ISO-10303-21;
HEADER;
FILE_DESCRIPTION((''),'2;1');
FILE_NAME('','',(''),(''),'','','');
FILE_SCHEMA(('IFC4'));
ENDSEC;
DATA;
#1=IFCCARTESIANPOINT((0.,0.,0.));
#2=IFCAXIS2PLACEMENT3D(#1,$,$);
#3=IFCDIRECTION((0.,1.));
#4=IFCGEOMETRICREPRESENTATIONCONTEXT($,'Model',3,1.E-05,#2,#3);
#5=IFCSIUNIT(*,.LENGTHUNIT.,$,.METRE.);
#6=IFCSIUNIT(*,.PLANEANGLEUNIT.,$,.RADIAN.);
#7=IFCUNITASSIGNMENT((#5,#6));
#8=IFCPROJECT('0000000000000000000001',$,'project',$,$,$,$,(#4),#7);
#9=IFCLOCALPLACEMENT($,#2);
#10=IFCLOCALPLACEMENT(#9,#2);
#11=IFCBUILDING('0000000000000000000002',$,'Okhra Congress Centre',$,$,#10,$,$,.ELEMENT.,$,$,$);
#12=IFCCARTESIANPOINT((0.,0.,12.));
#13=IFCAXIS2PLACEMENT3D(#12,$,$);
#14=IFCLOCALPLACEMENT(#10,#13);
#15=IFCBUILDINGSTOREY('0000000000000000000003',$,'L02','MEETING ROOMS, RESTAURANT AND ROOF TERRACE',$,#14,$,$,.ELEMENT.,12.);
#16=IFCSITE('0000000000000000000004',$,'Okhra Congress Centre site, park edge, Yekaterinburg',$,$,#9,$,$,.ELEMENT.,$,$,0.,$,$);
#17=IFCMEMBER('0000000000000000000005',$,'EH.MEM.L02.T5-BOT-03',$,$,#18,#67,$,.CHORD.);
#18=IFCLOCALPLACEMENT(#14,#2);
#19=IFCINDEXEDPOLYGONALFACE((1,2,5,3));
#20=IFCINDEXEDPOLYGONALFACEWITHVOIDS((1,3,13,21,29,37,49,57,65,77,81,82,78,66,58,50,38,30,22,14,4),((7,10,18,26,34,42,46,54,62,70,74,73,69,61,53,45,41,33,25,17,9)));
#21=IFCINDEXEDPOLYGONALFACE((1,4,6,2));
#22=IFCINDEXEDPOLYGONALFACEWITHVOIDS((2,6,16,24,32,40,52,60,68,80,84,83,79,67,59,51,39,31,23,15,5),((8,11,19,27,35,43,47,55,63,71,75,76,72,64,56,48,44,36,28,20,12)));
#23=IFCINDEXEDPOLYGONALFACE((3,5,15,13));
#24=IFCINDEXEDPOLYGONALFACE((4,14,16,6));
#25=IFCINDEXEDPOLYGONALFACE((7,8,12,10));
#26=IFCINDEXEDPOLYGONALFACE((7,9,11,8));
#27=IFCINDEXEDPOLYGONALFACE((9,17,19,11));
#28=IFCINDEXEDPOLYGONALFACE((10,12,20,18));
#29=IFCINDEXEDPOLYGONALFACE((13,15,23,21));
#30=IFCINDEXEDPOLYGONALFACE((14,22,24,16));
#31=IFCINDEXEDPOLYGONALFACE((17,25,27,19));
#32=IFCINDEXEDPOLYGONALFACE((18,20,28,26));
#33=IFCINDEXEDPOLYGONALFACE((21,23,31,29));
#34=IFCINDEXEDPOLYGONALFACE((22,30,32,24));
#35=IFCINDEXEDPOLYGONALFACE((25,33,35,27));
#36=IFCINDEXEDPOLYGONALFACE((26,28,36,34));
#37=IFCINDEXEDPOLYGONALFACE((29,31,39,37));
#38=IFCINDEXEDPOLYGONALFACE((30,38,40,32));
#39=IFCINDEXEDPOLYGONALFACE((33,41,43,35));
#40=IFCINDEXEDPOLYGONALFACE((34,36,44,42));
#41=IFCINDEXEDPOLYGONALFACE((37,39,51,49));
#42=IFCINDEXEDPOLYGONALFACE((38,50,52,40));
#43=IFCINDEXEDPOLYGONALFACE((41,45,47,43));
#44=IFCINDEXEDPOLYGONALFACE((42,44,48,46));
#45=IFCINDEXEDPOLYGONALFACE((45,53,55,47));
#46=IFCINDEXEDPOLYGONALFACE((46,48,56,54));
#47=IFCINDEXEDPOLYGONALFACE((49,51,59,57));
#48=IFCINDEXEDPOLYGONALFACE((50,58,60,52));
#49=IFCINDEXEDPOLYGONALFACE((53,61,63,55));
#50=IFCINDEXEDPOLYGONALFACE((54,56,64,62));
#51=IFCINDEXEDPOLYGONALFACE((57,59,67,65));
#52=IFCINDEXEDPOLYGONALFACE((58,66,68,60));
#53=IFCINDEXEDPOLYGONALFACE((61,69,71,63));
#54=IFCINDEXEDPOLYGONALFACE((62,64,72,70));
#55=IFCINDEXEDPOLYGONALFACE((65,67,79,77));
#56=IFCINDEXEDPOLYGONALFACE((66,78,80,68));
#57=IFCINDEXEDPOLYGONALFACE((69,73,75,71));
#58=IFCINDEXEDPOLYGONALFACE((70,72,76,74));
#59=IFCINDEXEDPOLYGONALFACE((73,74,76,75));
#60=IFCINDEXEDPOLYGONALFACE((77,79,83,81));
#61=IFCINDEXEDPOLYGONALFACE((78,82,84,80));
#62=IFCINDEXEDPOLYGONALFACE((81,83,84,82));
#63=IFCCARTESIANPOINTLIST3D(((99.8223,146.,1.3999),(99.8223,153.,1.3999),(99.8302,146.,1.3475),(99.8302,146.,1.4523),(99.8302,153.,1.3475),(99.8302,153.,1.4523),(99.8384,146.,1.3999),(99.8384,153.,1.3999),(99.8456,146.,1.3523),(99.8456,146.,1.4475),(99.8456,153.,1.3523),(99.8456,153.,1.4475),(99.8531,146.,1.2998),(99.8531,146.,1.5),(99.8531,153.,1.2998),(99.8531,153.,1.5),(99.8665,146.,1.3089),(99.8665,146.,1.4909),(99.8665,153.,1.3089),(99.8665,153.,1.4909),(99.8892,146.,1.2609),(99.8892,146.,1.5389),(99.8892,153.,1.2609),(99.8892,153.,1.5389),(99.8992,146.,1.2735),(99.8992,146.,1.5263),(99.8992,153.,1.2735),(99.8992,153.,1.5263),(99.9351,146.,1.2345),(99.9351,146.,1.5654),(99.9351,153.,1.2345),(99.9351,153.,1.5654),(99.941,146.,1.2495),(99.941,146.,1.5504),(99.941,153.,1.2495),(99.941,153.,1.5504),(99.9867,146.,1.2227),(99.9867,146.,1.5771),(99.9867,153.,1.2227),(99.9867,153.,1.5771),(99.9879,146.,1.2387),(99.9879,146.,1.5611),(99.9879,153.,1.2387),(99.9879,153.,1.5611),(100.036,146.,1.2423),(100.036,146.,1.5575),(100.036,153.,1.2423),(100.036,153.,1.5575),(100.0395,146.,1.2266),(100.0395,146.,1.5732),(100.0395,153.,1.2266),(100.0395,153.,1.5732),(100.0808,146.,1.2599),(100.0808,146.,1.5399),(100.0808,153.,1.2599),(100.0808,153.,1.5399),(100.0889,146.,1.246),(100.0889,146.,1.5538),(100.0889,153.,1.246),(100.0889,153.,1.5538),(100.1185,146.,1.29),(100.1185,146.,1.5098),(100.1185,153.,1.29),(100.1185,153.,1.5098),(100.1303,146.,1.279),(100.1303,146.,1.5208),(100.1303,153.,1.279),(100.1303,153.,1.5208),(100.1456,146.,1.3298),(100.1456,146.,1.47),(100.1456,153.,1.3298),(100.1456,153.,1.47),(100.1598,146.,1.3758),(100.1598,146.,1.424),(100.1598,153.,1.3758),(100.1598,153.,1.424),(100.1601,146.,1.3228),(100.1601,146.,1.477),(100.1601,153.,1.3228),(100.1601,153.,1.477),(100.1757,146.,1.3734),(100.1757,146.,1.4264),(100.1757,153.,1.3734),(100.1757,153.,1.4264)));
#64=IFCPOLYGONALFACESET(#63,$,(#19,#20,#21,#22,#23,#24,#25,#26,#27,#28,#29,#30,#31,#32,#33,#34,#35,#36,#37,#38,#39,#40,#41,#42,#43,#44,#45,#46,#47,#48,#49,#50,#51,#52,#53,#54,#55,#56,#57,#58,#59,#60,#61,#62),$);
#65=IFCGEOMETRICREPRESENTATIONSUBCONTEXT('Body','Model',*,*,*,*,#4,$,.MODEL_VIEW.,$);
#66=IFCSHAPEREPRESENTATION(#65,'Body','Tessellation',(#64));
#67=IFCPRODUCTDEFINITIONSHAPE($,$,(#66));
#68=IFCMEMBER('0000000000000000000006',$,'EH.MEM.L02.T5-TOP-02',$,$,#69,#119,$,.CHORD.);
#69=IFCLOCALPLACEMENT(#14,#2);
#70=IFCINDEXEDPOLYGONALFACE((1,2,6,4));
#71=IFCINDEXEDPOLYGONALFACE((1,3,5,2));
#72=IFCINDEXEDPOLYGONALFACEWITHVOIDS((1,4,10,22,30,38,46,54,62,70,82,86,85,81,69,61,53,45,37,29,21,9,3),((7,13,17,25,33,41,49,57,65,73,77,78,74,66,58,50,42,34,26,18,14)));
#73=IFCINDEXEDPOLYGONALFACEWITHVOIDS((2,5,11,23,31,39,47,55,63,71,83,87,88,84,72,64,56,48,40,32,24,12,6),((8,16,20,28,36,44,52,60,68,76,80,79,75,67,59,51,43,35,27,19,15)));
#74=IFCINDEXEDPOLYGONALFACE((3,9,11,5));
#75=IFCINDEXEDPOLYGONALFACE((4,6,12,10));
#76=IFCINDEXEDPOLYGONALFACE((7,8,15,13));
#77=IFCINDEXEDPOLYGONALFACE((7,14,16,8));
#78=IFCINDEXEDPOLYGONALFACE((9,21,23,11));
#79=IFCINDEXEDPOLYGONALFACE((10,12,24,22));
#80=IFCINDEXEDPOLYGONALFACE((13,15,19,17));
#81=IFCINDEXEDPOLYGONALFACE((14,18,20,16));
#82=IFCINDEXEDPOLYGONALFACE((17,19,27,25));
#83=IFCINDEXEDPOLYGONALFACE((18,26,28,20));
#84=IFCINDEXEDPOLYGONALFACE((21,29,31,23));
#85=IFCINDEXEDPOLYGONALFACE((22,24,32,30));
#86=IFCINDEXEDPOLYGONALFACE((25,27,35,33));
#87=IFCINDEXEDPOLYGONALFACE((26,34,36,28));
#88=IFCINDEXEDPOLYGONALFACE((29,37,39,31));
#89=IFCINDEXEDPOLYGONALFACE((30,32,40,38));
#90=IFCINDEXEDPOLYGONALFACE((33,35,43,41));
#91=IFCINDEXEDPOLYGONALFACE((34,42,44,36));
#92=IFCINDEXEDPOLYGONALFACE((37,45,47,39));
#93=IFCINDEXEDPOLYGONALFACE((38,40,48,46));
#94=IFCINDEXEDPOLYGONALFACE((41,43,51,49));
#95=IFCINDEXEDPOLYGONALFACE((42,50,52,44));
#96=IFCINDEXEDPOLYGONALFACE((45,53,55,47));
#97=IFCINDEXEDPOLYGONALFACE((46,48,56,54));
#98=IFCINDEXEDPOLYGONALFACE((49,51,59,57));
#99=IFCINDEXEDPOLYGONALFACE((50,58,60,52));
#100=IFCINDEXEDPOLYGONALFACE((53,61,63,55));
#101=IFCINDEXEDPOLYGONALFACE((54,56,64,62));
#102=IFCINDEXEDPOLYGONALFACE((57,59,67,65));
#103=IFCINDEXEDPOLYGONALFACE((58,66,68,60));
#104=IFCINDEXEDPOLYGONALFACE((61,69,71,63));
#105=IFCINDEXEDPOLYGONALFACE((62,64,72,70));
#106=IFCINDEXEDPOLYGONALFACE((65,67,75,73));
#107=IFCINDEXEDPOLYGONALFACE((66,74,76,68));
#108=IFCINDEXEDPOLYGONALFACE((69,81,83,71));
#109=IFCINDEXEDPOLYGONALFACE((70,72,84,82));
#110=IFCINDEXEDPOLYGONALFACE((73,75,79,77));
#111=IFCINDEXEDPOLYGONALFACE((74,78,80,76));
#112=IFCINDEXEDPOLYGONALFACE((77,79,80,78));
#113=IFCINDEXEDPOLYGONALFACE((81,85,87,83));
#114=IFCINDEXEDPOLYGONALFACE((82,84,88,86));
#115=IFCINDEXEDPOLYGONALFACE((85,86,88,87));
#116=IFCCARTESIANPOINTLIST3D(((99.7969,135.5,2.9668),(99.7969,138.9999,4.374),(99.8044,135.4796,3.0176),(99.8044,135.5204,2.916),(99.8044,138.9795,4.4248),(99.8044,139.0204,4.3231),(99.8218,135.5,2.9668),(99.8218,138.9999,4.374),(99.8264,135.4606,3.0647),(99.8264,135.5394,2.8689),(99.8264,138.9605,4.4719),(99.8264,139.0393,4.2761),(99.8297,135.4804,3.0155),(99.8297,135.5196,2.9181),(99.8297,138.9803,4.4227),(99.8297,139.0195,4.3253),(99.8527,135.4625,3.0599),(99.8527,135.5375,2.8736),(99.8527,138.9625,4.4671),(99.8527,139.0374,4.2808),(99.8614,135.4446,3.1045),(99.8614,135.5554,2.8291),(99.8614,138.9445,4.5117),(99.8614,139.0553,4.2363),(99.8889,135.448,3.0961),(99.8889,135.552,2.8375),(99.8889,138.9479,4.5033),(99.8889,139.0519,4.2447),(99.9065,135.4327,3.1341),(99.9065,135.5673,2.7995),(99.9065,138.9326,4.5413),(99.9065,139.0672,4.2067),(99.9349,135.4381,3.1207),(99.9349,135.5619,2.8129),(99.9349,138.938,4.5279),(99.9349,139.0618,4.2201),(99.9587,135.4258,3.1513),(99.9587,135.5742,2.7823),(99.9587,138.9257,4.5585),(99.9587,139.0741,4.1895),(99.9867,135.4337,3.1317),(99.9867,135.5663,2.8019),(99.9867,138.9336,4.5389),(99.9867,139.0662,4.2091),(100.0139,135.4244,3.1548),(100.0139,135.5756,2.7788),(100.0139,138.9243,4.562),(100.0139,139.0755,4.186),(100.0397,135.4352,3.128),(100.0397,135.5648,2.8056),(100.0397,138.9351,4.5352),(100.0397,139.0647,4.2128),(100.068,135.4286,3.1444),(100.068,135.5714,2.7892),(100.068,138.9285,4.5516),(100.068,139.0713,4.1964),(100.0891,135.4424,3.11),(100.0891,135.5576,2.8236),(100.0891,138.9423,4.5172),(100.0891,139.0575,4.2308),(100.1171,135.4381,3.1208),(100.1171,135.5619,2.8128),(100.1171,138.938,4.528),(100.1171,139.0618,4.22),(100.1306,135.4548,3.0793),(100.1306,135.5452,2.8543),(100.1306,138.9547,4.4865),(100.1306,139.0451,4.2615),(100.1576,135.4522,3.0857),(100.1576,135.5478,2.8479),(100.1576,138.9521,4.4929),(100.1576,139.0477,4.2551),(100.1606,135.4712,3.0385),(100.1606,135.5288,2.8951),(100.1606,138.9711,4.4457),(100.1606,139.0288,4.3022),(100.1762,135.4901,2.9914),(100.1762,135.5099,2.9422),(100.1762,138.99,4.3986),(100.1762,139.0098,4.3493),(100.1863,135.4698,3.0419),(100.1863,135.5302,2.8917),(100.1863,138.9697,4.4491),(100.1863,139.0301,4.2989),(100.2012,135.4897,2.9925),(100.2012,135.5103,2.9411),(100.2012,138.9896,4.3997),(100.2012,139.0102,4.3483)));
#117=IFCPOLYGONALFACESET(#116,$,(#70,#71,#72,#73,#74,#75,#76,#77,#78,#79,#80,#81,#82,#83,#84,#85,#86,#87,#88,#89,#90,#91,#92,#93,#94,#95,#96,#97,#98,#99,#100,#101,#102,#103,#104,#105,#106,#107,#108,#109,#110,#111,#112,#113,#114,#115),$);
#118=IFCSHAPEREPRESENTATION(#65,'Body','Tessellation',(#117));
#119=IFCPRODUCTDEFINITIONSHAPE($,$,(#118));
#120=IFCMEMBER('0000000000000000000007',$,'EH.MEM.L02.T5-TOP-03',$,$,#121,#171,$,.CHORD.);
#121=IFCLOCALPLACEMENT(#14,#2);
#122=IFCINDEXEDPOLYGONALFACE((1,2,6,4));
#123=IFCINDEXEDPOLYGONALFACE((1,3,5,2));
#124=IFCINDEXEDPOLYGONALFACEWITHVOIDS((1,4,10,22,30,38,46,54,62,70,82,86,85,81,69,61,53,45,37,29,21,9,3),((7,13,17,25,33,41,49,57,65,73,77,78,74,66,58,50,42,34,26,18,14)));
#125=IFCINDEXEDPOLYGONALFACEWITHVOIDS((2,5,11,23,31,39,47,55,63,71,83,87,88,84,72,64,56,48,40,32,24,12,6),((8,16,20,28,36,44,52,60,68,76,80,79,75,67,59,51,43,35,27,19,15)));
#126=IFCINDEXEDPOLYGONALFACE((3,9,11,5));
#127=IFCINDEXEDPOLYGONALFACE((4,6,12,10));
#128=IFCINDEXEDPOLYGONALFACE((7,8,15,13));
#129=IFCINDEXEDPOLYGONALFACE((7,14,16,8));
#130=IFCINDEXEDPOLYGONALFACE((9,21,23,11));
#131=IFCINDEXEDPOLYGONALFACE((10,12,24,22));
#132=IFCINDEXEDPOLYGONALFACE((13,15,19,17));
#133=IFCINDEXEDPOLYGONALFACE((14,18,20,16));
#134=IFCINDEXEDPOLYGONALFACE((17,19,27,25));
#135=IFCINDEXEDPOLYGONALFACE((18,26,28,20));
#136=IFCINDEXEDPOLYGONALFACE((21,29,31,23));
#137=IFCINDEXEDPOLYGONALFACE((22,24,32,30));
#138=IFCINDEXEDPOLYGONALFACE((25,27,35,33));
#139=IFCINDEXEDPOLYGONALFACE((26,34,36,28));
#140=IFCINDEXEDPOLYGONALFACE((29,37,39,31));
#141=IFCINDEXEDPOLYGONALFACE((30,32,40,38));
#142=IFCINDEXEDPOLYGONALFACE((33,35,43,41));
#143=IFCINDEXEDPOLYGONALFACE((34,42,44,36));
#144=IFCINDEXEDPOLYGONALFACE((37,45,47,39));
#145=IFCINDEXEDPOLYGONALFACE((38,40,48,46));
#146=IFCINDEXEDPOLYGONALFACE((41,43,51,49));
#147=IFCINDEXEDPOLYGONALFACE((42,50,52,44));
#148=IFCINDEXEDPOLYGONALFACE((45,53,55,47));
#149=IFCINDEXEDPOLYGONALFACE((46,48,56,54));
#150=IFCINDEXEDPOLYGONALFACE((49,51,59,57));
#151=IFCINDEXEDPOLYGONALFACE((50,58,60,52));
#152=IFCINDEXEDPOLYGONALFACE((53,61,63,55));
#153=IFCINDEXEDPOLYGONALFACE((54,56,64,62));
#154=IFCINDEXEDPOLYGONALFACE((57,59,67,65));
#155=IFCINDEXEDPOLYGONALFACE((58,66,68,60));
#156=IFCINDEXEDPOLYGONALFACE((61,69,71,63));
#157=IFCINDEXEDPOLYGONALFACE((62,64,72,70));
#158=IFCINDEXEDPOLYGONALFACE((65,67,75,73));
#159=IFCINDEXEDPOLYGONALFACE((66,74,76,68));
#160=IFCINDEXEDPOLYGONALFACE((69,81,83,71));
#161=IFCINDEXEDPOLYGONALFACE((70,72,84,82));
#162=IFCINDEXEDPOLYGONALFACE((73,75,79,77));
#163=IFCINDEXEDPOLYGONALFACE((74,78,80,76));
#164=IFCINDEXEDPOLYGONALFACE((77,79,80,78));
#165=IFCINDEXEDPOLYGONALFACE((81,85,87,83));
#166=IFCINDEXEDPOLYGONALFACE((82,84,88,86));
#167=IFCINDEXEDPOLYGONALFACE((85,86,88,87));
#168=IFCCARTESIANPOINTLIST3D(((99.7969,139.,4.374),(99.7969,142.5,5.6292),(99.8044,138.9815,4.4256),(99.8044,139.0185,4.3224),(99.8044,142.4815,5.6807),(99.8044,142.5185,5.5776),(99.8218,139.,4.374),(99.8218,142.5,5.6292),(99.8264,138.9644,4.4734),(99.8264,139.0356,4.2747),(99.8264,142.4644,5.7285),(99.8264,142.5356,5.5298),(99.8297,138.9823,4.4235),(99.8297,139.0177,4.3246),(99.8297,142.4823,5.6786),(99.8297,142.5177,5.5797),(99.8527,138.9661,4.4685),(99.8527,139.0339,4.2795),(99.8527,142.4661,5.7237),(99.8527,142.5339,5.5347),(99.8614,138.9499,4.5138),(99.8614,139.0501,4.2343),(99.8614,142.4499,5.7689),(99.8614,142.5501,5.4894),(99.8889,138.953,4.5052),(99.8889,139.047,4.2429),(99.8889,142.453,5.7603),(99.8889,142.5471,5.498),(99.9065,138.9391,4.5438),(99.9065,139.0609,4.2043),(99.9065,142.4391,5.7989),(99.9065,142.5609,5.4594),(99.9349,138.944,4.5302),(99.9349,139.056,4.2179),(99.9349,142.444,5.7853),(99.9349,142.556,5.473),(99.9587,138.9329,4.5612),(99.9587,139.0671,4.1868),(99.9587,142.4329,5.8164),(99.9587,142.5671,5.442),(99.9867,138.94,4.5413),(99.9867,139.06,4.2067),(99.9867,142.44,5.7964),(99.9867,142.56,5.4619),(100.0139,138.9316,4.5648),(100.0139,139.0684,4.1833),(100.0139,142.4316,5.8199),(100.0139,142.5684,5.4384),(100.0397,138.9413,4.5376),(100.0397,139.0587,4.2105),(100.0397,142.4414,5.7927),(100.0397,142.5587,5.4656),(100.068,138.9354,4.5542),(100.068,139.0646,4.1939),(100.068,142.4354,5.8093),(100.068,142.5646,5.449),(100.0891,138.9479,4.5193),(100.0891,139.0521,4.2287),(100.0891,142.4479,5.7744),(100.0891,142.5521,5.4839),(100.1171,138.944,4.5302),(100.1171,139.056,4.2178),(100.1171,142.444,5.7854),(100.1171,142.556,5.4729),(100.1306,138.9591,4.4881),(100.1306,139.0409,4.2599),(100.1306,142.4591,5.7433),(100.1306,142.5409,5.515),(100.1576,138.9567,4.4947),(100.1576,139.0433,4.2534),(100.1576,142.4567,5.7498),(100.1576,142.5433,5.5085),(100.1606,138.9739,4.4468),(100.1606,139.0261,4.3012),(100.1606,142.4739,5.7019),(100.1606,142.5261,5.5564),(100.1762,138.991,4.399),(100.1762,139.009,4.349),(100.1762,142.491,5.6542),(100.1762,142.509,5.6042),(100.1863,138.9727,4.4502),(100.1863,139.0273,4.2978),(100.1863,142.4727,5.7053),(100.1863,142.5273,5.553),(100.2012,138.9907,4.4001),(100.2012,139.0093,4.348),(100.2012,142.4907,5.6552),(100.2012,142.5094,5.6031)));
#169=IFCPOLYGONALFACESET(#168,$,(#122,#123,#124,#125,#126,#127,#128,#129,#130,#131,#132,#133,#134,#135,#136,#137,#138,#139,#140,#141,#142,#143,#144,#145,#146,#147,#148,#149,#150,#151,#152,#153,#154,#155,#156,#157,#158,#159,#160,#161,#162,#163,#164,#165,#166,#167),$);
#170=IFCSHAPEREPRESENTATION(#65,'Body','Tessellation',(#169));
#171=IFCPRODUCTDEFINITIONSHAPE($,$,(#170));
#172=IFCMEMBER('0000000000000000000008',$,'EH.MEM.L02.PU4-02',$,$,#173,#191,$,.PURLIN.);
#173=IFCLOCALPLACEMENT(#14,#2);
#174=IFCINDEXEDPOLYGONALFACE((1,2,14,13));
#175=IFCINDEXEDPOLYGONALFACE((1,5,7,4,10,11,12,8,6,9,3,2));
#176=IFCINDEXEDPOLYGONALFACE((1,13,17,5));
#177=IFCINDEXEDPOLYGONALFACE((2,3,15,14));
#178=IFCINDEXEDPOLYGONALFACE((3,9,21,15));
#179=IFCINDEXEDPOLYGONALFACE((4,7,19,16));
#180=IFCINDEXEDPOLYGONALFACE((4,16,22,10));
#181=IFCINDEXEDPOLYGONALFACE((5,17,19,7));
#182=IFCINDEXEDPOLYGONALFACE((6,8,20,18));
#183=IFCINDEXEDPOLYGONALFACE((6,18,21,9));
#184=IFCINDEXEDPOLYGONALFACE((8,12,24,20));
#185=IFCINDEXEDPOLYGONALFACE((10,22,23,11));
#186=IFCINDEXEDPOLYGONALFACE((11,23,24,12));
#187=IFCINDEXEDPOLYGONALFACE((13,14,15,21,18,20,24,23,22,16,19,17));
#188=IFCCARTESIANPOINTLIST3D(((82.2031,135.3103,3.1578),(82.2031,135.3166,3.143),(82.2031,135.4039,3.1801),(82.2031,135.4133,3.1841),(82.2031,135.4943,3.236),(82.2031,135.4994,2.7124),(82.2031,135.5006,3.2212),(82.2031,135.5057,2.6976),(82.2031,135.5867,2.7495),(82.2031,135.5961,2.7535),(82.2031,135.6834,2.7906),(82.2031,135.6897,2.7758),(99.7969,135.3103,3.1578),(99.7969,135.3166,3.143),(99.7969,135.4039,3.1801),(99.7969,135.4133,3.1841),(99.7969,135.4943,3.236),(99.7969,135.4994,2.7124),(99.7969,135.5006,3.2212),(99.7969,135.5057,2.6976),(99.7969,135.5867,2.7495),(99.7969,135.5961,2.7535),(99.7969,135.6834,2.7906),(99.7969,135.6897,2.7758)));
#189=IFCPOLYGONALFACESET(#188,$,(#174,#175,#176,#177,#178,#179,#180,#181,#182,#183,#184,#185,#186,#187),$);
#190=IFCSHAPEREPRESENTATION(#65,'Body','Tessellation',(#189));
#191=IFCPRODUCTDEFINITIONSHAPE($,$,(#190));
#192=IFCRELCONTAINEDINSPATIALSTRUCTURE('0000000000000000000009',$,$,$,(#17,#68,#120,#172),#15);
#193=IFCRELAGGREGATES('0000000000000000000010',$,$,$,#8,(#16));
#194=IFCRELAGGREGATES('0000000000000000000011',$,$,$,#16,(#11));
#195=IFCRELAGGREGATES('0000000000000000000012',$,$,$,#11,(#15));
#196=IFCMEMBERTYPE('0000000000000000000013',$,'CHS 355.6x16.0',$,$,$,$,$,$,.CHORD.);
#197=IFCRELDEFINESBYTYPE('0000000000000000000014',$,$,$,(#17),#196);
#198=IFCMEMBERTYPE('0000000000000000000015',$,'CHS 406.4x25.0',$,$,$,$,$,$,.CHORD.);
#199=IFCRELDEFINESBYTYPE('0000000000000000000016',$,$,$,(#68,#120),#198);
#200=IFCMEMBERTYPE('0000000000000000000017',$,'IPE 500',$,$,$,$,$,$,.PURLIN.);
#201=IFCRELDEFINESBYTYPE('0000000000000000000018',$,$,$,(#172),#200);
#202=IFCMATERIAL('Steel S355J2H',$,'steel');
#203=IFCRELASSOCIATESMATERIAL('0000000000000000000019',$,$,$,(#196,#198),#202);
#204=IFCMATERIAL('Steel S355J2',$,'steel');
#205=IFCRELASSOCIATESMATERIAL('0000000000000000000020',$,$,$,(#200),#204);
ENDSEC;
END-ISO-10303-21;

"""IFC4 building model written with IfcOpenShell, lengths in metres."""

from ifc_helpers import new_model, si_unit, direction, frame, origin, origin_2d, place, context, subcontext, project, spatial, hollow_circle, i_section, extrude, material, material_profile, profile_set, type_object, element, save


model = new_model("IFC4")

# Units and contexts
model_context = context("Model", 3, precision=1e-05, world=origin(), true_north=direction((0.0, 1.0)))
body_context = subcontext(model_context, "Body", "Model", "MODEL_VIEW")
ifc_project = project(units=[si_unit("LENGTHUNIT", "METRE"), si_unit("PLANEANGLEUNIT", "RADIAN")], contexts=[model_context])

# Site, building, storey
site_placement = place(None, origin())
site = spatial("IfcSite", under=ifc_project, at=site_placement, Name="Okhra Congress Centre site, park edge, Yekaterinburg", CompositionType="ELEMENT", RefElevation=0.0)
building_placement = place(site_placement, origin())
building = spatial("IfcBuilding", under=site, at=building_placement, Name="Okhra Congress Centre", CompositionType="ELEMENT")
storey_placement = place(building_placement, frame((0.0, 0.0, 12.0)))
storey = spatial("IfcBuildingStorey", under=building, at=storey_placement, Name="L02", Description="MEETING ROOMS, RESTAURANT AND ROOF TERRACE", CompositionType="ELEMENT", Elevation=12.0)

# Shared definitions
ifc_material_1 = material(Name="Steel S355J2", Category="steel")

# Members
ifc_material_2 = material(Name="Steel S355J2H", Category="steel")
ifc_material_profile_1 = material_profile(ifc_material_2, hollow_circle(Radius=0.1777, WallThickness=0.0161, at=origin_2d()), Name="CHS 355.6x16.0")
ifc_profile_set_1 = profile_set([ifc_material_profile_1], Name="Steel S355J2H")
member_type_1 = type_object("IfcMemberType", Name="CHS 355.6x16.0", PredefinedType="CHORD", material=ifc_profile_set_1)
for number, where, z_axis, x_axis, name in (
    (1, (100.0, 146.0, 1.3999), (0.0, 1.0, 0.0), (-1.0, 0.0, 0.0), "EH.MEM.L02.T5-BOT-03"),
):
    element("IfcMember", number, at=place(storey_placement, frame(where, z_axis=z_axis, x_axis=x_axis)), inside=storey, type_object=member_type_1, Name=name, PredefinedType="CHORD", context=body_context, shape_type="SweptSolid", body=[
        extrude(hollow_circle(Radius=0.1777, WallThickness=0.0161, at=origin_2d()), origin(), (0.0, 0.0, 1.0), 7.0),
    ])
ifc_material_profile_2 = material_profile(ifc_material_2, hollow_circle(Radius=0.2031, WallThickness=0.0249, at=origin_2d()), Name="CHS 406.4x25.0")
ifc_profile_set_2 = profile_set([ifc_material_profile_2], Name="Steel S355J2H")
member_type_2 = type_object("IfcMemberType", Name="CHS 406.4x25.0", PredefinedType="CHORD", material=ifc_profile_set_2)
member_1_placement = place(storey_placement, frame((100.0, 135.5, 2.9668), z_axis=(0.0, 0.927815, 0.373042), x_axis=(-1.0, 0.0, 0.0)))
element("IfcMember", 2, at=member_1_placement, inside=storey, type_object=member_type_2, Name="EH.MEM.L02.T5-TOP-02", PredefinedType="CHORD", context=body_context, shape_type="SweptSolid", body=[
    extrude(hollow_circle(Radius=0.2031, WallThickness=0.0249, at=origin_2d()), origin(), (0.0, 0.0, 1.0), 3.7722),
])
member_2_placement = place(storey_placement, frame((100.0, 139.0, 4.374), z_axis=(0.0, 0.941304, 0.337559), x_axis=(-1.0, 0.0, 0.0)))
element("IfcMember", 3, at=member_2_placement, inside=storey, type_object=member_type_2, Name="EH.MEM.L02.T5-TOP-03", PredefinedType="CHORD", context=body_context, shape_type="SweptSolid", body=[
    extrude(hollow_circle(Radius=0.2031, WallThickness=0.0249, at=origin_2d()), origin(), (0.0, 0.0, 1.0), 3.7183),
])
ifc_material_profile_3 = material_profile(ifc_material_1, i_section(OverallWidth=0.2, OverallDepth=0.5, WebThickness=0.0103, FlangeThickness=0.0161, at=origin_2d()), Name="IPE 500")
ifc_profile_set_3 = profile_set([ifc_material_profile_3], Name="Steel S355J2")
member_type_3 = type_object("IfcMemberType", Name="IPE 500", PredefinedType="PURLIN", material=ifc_profile_set_3)
for number, where, z_axis, x_axis, name in (
    (4, (82.2031, 135.5, 2.9668), (1.0, 0.0, 0.0), (0.0, 0.920437, 0.39089), "EH.MEM.L02.PU4-02"),
):
    element("IfcMember", number, at=place(storey_placement, frame(where, z_axis=z_axis, x_axis=x_axis)), inside=storey, type_object=member_type_3, Name=name, PredefinedType="PURLIN", context=body_context, shape_type="SweptSolid", body=[
        extrude(i_section(OverallWidth=0.2, OverallDepth=0.5, WebThickness=0.0103, FlangeThickness=0.0161, at=origin_2d()), origin(), (0.0, 0.0, 1.0), 17.5938),
    ])

save(model, "model.ifc")
